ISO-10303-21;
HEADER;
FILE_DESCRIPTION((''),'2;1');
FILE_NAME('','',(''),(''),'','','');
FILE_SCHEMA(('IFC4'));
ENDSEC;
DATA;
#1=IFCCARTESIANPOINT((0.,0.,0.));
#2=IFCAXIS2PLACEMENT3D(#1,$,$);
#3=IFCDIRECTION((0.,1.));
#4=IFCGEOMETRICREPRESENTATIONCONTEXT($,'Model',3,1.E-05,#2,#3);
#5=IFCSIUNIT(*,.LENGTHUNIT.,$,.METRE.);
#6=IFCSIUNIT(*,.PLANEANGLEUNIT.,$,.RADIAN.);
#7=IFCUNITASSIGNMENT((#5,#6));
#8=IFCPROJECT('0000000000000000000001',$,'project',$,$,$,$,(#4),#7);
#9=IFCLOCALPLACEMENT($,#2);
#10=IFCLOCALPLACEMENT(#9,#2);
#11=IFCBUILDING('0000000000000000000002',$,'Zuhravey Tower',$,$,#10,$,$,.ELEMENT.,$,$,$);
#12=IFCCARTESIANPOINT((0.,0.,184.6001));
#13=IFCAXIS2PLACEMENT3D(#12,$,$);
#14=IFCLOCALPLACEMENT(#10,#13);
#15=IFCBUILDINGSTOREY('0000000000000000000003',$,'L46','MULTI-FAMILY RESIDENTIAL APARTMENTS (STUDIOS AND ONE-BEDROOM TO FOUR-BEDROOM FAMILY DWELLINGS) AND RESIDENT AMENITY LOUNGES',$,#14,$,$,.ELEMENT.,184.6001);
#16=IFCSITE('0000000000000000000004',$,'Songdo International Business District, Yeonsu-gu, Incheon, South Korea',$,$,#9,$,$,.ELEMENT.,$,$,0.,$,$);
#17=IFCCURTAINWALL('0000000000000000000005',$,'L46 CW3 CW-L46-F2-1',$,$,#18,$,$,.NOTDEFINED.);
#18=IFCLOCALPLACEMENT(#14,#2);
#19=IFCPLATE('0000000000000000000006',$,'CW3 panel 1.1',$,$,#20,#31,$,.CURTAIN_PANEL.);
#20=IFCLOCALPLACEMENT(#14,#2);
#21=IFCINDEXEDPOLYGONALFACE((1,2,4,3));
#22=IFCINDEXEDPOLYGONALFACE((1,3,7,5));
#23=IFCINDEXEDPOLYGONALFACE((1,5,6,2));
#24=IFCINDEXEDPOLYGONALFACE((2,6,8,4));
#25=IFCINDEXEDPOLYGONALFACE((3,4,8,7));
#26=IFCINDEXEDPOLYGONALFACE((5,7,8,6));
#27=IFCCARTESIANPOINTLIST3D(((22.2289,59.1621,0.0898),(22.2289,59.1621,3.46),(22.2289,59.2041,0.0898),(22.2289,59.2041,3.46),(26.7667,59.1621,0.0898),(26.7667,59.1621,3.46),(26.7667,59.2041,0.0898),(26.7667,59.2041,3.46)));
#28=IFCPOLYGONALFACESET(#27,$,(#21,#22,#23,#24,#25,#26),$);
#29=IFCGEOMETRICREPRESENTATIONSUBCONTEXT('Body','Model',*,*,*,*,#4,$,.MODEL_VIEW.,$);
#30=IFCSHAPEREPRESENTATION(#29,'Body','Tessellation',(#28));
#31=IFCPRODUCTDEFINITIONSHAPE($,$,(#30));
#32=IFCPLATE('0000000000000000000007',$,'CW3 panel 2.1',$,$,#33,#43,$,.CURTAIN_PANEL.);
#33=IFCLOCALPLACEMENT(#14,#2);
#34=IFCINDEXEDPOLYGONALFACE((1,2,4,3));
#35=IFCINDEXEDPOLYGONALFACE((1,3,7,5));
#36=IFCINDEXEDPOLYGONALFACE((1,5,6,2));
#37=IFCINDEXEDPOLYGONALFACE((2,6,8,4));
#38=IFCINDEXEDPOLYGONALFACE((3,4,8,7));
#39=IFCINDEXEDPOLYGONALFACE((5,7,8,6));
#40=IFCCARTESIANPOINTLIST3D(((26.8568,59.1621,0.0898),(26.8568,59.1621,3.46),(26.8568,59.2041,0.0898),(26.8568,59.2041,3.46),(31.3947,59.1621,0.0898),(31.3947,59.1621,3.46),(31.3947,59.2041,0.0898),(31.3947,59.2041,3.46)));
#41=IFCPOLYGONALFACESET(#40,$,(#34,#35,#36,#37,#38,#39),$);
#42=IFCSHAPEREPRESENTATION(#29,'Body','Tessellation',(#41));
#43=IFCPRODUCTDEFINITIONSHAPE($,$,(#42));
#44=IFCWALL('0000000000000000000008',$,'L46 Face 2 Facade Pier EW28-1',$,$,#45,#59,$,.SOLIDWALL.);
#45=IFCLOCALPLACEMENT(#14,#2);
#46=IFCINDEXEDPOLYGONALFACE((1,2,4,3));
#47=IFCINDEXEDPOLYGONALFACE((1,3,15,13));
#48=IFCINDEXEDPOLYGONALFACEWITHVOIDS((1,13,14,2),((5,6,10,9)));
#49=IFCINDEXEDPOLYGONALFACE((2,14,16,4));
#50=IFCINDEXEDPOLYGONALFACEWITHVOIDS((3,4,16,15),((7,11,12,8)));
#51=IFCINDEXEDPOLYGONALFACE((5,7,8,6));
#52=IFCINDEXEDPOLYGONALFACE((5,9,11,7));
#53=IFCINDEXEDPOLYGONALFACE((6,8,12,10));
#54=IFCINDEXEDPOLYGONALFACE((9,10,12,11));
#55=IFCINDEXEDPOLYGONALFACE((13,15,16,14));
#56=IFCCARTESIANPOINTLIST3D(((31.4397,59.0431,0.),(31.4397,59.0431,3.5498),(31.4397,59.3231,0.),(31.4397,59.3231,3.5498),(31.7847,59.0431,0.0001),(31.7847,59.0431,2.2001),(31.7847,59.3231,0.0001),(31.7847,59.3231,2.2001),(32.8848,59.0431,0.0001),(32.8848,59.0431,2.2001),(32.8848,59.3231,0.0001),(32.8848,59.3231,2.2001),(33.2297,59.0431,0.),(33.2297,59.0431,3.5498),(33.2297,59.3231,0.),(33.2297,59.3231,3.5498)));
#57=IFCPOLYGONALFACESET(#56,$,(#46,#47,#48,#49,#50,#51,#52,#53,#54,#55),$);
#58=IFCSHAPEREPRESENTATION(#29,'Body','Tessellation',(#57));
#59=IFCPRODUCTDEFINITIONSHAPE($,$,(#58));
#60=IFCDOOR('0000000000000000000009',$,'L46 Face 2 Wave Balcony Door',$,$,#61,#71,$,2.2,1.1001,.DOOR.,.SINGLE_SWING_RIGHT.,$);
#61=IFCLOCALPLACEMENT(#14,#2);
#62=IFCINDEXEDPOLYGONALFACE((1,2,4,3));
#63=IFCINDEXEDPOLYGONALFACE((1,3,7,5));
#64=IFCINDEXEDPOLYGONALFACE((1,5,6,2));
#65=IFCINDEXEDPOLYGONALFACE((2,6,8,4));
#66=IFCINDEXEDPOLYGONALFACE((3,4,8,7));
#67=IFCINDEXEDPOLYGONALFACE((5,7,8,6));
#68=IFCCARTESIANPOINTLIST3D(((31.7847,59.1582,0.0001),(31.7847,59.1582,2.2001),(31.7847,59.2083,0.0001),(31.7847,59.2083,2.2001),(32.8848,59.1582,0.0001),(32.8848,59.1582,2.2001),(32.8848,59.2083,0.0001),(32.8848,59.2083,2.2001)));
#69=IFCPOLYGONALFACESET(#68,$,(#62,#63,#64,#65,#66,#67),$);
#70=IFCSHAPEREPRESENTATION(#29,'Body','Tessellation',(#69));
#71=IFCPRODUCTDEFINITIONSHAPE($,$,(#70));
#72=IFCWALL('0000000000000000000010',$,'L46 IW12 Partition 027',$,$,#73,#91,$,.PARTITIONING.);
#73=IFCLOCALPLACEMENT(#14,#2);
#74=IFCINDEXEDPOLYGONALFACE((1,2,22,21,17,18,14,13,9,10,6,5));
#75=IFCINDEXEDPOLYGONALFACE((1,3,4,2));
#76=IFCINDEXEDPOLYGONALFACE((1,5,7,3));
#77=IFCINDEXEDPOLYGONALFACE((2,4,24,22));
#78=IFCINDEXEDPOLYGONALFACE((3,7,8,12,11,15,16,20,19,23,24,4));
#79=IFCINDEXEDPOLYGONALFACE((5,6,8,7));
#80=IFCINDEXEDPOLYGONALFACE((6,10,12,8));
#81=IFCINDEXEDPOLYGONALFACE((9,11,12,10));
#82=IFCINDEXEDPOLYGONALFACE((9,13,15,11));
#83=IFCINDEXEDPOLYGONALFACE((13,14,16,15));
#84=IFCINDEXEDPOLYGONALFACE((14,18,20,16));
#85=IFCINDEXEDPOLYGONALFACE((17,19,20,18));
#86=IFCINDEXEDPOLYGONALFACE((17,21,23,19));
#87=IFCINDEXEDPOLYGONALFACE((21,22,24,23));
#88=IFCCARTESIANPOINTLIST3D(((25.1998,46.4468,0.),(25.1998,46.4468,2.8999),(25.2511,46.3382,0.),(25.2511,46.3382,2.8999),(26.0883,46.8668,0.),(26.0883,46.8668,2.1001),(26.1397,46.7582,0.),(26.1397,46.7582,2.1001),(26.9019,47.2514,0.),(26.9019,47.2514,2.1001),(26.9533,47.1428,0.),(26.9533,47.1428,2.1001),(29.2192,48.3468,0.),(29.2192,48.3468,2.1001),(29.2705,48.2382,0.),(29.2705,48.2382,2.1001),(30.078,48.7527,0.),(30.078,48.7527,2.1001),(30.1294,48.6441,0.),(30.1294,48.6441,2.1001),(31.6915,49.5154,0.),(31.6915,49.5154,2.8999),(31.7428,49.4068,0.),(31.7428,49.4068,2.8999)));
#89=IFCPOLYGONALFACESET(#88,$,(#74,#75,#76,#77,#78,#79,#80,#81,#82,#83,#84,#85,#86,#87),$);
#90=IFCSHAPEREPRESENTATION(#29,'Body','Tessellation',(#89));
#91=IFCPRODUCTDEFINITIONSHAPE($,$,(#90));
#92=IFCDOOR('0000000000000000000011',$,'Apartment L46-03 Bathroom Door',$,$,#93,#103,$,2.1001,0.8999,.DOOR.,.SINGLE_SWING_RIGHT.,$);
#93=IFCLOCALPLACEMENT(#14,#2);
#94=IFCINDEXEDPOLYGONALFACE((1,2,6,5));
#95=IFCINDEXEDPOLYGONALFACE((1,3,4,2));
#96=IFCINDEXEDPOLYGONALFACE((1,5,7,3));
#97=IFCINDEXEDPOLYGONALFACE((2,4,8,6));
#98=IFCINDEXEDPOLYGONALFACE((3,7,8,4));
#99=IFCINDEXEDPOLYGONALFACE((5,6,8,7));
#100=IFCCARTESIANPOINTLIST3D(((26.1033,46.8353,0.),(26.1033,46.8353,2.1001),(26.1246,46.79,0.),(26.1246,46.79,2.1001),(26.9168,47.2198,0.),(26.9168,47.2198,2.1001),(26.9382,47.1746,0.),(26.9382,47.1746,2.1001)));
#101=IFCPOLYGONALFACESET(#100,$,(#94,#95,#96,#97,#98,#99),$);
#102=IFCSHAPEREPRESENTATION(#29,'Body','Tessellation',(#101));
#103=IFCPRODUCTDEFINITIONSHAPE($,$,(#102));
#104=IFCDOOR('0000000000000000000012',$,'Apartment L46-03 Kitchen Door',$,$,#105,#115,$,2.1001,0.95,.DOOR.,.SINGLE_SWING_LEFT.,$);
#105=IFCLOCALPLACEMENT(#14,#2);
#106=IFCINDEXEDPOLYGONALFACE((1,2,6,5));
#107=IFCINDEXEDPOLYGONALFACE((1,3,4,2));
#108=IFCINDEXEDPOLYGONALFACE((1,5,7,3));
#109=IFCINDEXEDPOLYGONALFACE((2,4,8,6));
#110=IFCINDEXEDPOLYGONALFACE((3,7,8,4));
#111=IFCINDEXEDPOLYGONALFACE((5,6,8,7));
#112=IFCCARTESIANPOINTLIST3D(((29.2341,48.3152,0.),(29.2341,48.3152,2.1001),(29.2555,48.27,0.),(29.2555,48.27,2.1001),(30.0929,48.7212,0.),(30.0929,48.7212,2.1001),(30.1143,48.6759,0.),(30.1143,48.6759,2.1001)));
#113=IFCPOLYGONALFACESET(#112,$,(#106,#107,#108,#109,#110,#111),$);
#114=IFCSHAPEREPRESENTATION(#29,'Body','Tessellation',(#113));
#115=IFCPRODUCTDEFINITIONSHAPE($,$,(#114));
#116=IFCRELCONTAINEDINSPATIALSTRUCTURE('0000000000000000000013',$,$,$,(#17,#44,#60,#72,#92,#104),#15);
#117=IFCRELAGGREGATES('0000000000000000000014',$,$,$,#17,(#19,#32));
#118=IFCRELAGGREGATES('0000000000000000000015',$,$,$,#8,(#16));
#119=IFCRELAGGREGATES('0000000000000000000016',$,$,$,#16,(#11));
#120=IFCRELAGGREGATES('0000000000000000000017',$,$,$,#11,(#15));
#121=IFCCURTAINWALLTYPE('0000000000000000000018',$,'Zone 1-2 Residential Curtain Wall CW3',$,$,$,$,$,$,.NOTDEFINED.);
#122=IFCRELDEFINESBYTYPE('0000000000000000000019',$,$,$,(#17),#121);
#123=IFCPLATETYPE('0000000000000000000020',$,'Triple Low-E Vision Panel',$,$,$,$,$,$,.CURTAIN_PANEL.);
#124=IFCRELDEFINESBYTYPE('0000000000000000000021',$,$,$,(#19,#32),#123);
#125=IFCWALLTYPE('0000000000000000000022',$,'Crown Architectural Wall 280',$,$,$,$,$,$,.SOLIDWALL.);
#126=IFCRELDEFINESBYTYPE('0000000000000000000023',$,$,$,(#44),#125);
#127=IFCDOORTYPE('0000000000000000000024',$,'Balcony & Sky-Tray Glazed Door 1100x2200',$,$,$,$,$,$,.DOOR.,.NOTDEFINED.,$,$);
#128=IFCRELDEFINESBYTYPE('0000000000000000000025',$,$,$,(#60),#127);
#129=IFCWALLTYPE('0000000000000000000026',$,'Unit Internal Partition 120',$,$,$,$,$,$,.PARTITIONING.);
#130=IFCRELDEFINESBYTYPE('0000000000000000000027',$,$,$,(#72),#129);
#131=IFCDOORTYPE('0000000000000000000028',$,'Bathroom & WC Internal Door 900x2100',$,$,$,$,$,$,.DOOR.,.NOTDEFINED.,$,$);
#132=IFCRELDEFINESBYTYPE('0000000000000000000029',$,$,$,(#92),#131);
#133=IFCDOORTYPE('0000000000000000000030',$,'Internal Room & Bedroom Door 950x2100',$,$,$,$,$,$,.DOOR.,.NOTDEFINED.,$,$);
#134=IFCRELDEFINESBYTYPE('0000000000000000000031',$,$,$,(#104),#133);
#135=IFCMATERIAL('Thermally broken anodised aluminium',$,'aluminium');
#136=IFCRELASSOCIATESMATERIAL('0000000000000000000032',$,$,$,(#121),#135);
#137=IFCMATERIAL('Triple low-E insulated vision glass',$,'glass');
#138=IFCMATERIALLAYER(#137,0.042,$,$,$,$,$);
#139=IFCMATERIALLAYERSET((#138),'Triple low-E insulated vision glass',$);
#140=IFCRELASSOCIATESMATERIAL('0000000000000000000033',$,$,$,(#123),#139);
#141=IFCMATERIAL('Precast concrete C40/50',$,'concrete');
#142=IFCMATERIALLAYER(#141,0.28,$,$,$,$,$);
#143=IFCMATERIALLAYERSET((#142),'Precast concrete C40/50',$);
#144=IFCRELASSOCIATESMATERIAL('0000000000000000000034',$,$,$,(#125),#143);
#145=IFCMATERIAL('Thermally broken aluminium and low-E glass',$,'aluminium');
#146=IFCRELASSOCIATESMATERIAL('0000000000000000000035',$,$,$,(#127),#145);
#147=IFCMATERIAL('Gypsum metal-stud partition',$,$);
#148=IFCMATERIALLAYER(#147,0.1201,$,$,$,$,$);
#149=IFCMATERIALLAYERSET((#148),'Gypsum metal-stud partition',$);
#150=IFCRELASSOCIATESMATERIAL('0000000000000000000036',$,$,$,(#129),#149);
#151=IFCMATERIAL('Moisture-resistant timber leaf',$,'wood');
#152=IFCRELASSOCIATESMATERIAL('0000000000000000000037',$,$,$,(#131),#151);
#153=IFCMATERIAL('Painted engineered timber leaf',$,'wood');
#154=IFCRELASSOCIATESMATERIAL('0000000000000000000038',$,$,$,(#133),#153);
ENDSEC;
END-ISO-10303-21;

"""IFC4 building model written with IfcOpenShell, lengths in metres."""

from ifc_helpers import new_model, si_unit, direction, frame, frame_2d, origin, origin_2d, place, context, subcontext, project, spatial, rectangle, extrude, material, layer, layer_set, type_object, element, fill, aggregate, save


model = new_model("IFC4")

# Units and contexts
model_context = context("Model", 3, precision=1e-05, world=origin(), true_north=direction((0.0, 1.0)))
body_context = subcontext(model_context, "Body", "Model", "MODEL_VIEW")
ifc_project = project(units=[si_unit("LENGTHUNIT", "METRE"), si_unit("PLANEANGLEUNIT", "RADIAN")], contexts=[model_context])

# Site, building, storey
site_placement = place(None, origin())
site = spatial("IfcSite", under=ifc_project, at=site_placement, Name="Songdo International Business District, Yeonsu-gu, Incheon, South Korea", CompositionType="ELEMENT", RefElevation=0.0)
building_placement = place(site_placement, origin())
building = spatial("IfcBuilding", under=site, at=building_placement, Name="Zuhravey Tower", CompositionType="ELEMENT")
storey_placement = place(building_placement, frame((0.0, 0.0, 184.6001)))
storey = spatial("IfcBuildingStorey", under=building, at=storey_placement, Name="L46", Description="MULTI-FAMILY RESIDENTIAL APARTMENTS (STUDIOS AND ONE-BEDROOM TO FOUR-BEDROOM FAMILY DWELLINGS) AND RESIDENT AMENITY LOUNGES", CompositionType="ELEMENT", Elevation=184.6001)

# Curtain wall
ifc_material_1 = material(Name="Thermally broken anodised aluminium", Category="aluminium")
curtain_wall_type = type_object("IfcCurtainWallType", Name="Zone 1-2 Residential Curtain Wall CW3", PredefinedType="NOTDEFINED", material=ifc_material_1)
curtain_wall_1_placement = place(storey_placement, origin())
curtain_wall_1 = element("IfcCurtainWall", 1, at=curtain_wall_1_placement, inside=storey, type_object=curtain_wall_type, Name="L46 CW3 CW-L46-F2-1", PredefinedType="NOTDEFINED")

# Plates
ifc_material_2 = material(Name="Triple low-E insulated vision glass", Category="glass")
ifc_layer_1 = layer(ifc_material_2, 0.042)
ifc_layer_set_1 = layer_set([ifc_layer_1], Name="Triple low-E insulated vision glass")
plate_type_1 = type_object("IfcPlateType", Name="Triple Low-E Vision Panel", PredefinedType="CURTAIN_PANEL", material=ifc_layer_set_1)
plate_1_placement = place(storey_placement, frame((24.4978, 59.1831, 0.0898), z_axis=(0.0, 0.0, 1.0), x_axis=(1.0, 0.0, 0.0)))
plate_1 = element("IfcPlate", 2, at=plate_1_placement, type_object=plate_type_1, Name="CW3 panel 1.1", PredefinedType="CURTAIN_PANEL", context=body_context, shape_type="SweptSolid", body=[
    extrude(rectangle(XDim=4.5378, YDim=0.042, at=origin_2d()), origin(), (0.0, 0.0, 1.0), 3.3701),
])
plate_2_placement = place(storey_placement, frame((29.1257, 59.1831, 0.0898), z_axis=(0.0, 0.0, 1.0), x_axis=(1.0, 0.0, 0.0)))
plate_2 = element("IfcPlate", 3, at=plate_2_placement, type_object=plate_type_1, Name="CW3 panel 2.1", PredefinedType="CURTAIN_PANEL", context=body_context, shape_type="SweptSolid", body=[
    extrude(rectangle(XDim=4.5378, YDim=0.042, at=origin_2d()), origin(), (0.0, 0.0, 1.0), 3.3701),
])
aggregate(curtain_wall_1, [plate_1, plate_2])

# Wall, opening, door
ifc_material_3 = material(Name="Precast concrete C40/50", Category="concrete")
ifc_layer_2 = layer(ifc_material_3, 0.28)
ifc_layer_set_2 = layer_set([ifc_layer_2], Name="Precast concrete C40/50")
wall_type_1 = type_object("IfcWallType", Name="Crown Architectural Wall 280", PredefinedType="SOLIDWALL", material=ifc_layer_set_2)
wall_1_placement = place(storey_placement, frame((31.4397, 59.1831, 0.0), z_axis=(0.0, 0.0, 1.0), x_axis=(1.0, 0.0, 0.0)))
wall_1 = element("IfcWall", 4, at=wall_1_placement, inside=storey, type_object=wall_type_1, Name="L46 Face 2 Facade Pier EW28-1", PredefinedType="SOLIDWALL", context=body_context, shape_type="SweptSolid", body=[
    extrude(rectangle(XDim=1.79, YDim=0.28, at=frame_2d((0.895, 0.0))), origin(), (0.0, 0.0, 1.0), 3.5498),
])
opening_1_placement = place(wall_1_placement, frame((0.345, 0.0, 0.0)))
opening_1 = element("IfcOpeningElement", 5, at=opening_1_placement, cuts=wall_1, PredefinedType="OPENING", context=body_context, shape_type="SweptSolid", body=[
    extrude(rectangle(XDim=1.1001, YDim=2.2, at=frame_2d((0.55, 1.1001))), frame((0.0, 0.1521, 0.0), z_axis=(0.0, -1.0, 0.0), x_axis=(1.0, 0.0, 0.0)), (0.0, 0.0, 1.0), 0.304),
])
ifc_material_4 = material(Name="Thermally broken aluminium and low-E glass", Category="aluminium")
door_type_1 = type_object("IfcDoorType", Name="Balcony & Sky-Tray Glazed Door 1100x2200", OperationType="NOTDEFINED", PredefinedType="DOOR", material=ifc_material_4)
door_1_placement = place(opening_1_placement, frame((1.1001, 0.0, 0.0), z_axis=(0.0, 0.0, 1.0), x_axis=(-1.0, 0.0, 0.0)))
door_1 = element("IfcDoor", 6, at=door_1_placement, inside=storey, type_object=door_type_1, Name="L46 Face 2 Wave Balcony Door", OperationType="SINGLE_SWING_RIGHT", OverallHeight=2.2, OverallWidth=1.1001, PredefinedType="DOOR", context=body_context, shape_type="SweptSolid", body=[
    extrude(rectangle(XDim=1.1001, YDim=2.2, at=frame_2d((0.55, 1.1001))), frame((0.0, 0.0249, 0.0), z_axis=(0.0, -1.0, 0.0), x_axis=(1.0, 0.0, 0.0)), (0.0, 0.0, 1.0), 0.05),
])
fill(opening_1, door_1)

# Wall, openings, doors
ifc_material_5 = material(Name="Gypsum metal-stud partition")
ifc_layer_3 = layer(ifc_material_5, 0.1201)
ifc_layer_set_3 = layer_set([ifc_layer_3], Name="Gypsum metal-stud partition")
wall_type_2 = type_object("IfcWallType", Name="Unit Internal Partition 120", PredefinedType="PARTITIONING", material=ifc_layer_set_3)
wall_2_placement = place(storey_placement, frame((31.7173, 49.4612, 0.0), z_axis=(0.0, 0.0, 1.0), x_axis=(-0.904083, -0.427357, 0.0)))
wall_2 = element("IfcWall", 7, at=wall_2_placement, inside=storey, type_object=wall_type_2, Name="L46 IW12 Partition 027", PredefinedType="PARTITIONING", context=body_context, shape_type="SweptSolid", body=[
    extrude(rectangle(XDim=7.1804, YDim=0.1201, at=frame_2d((3.5903, 0.0))), origin(), (0.0, 0.0, 1.0), 2.8999),
])
opening_2_placement = place(wall_2_placement, frame((1.7847, 0.0, 0.0)))
opening_2 = element("IfcOpeningElement", 8, at=opening_2_placement, cuts=wall_2, PredefinedType="OPENING", context=body_context, shape_type="SweptSolid", body=[
    extrude(rectangle(XDim=0.95, YDim=2.1001, at=frame_2d((0.4751, 1.05))), frame((0.0, 0.072, 0.0), z_axis=(0.0, -1.0, 0.0), x_axis=(1.0, 0.0, 0.0)), (0.0, 0.0, 1.0), 0.144),
])
opening_3_placement = place(wall_2_placement, frame((5.2979, 0.0, 0.0)))
opening_3 = element("IfcOpeningElement", 9, at=opening_3_placement, cuts=wall_2, PredefinedType="OPENING", context=body_context, shape_type="SweptSolid", body=[
    extrude(rectangle(XDim=0.8999, YDim=2.1001, at=frame_2d((0.45, 1.05))), frame((0.0, 0.072, 0.0), z_axis=(0.0, -1.0, 0.0), x_axis=(1.0, 0.0, 0.0)), (0.0, 0.0, 1.0), 0.144),
])
ifc_material_6 = material(Name="Moisture-resistant timber leaf", Category="wood")
door_type_2 = type_object("IfcDoorType", Name="Bathroom & WC Internal Door 900x2100", OperationType="NOTDEFINED", PredefinedType="DOOR", material=ifc_material_6)
door_2_placement = place(opening_3_placement, origin())
door_2 = element("IfcDoor", 10, at=door_2_placement, inside=storey, type_object=door_type_2, Name="Apartment L46-03 Bathroom Door", OperationType="SINGLE_SWING_RIGHT", OverallHeight=2.1001, OverallWidth=0.8999, PredefinedType="DOOR", context=body_context, shape_type="SweptSolid", body=[
    extrude(rectangle(XDim=0.8999, YDim=2.1001, at=frame_2d((0.45, 1.05))), frame((0.0, 0.0249, 0.0), z_axis=(0.0, -1.0, 0.0), x_axis=(1.0, 0.0, 0.0)), (0.0, 0.0, 1.0), 0.05),
])
fill(opening_3, door_2)
ifc_material_7 = material(Name="Painted engineered timber leaf", Category="wood")
door_type_3 = type_object("IfcDoorType", Name="Internal Room & Bedroom Door 950x2100", OperationType="NOTDEFINED", PredefinedType="DOOR", material=ifc_material_7)
door_3_placement = place(opening_2_placement, origin())
door_3 = element("IfcDoor", 11, at=door_3_placement, inside=storey, type_object=door_type_3, Name="Apartment L46-03 Kitchen Door", OperationType="SINGLE_SWING_LEFT", OverallHeight=2.1001, OverallWidth=0.95, PredefinedType="DOOR", context=body_context, shape_type="SweptSolid", body=[
    extrude(rectangle(XDim=0.95, YDim=2.1001, at=frame_2d((0.4751, 1.05))), frame((0.0, 0.0249, 0.0), z_axis=(0.0, -1.0, 0.0), x_axis=(1.0, 0.0, 0.0)), (0.0, 0.0, 1.0), 0.05),
])
fill(opening_2, door_3)

save(model, "model.ifc")
